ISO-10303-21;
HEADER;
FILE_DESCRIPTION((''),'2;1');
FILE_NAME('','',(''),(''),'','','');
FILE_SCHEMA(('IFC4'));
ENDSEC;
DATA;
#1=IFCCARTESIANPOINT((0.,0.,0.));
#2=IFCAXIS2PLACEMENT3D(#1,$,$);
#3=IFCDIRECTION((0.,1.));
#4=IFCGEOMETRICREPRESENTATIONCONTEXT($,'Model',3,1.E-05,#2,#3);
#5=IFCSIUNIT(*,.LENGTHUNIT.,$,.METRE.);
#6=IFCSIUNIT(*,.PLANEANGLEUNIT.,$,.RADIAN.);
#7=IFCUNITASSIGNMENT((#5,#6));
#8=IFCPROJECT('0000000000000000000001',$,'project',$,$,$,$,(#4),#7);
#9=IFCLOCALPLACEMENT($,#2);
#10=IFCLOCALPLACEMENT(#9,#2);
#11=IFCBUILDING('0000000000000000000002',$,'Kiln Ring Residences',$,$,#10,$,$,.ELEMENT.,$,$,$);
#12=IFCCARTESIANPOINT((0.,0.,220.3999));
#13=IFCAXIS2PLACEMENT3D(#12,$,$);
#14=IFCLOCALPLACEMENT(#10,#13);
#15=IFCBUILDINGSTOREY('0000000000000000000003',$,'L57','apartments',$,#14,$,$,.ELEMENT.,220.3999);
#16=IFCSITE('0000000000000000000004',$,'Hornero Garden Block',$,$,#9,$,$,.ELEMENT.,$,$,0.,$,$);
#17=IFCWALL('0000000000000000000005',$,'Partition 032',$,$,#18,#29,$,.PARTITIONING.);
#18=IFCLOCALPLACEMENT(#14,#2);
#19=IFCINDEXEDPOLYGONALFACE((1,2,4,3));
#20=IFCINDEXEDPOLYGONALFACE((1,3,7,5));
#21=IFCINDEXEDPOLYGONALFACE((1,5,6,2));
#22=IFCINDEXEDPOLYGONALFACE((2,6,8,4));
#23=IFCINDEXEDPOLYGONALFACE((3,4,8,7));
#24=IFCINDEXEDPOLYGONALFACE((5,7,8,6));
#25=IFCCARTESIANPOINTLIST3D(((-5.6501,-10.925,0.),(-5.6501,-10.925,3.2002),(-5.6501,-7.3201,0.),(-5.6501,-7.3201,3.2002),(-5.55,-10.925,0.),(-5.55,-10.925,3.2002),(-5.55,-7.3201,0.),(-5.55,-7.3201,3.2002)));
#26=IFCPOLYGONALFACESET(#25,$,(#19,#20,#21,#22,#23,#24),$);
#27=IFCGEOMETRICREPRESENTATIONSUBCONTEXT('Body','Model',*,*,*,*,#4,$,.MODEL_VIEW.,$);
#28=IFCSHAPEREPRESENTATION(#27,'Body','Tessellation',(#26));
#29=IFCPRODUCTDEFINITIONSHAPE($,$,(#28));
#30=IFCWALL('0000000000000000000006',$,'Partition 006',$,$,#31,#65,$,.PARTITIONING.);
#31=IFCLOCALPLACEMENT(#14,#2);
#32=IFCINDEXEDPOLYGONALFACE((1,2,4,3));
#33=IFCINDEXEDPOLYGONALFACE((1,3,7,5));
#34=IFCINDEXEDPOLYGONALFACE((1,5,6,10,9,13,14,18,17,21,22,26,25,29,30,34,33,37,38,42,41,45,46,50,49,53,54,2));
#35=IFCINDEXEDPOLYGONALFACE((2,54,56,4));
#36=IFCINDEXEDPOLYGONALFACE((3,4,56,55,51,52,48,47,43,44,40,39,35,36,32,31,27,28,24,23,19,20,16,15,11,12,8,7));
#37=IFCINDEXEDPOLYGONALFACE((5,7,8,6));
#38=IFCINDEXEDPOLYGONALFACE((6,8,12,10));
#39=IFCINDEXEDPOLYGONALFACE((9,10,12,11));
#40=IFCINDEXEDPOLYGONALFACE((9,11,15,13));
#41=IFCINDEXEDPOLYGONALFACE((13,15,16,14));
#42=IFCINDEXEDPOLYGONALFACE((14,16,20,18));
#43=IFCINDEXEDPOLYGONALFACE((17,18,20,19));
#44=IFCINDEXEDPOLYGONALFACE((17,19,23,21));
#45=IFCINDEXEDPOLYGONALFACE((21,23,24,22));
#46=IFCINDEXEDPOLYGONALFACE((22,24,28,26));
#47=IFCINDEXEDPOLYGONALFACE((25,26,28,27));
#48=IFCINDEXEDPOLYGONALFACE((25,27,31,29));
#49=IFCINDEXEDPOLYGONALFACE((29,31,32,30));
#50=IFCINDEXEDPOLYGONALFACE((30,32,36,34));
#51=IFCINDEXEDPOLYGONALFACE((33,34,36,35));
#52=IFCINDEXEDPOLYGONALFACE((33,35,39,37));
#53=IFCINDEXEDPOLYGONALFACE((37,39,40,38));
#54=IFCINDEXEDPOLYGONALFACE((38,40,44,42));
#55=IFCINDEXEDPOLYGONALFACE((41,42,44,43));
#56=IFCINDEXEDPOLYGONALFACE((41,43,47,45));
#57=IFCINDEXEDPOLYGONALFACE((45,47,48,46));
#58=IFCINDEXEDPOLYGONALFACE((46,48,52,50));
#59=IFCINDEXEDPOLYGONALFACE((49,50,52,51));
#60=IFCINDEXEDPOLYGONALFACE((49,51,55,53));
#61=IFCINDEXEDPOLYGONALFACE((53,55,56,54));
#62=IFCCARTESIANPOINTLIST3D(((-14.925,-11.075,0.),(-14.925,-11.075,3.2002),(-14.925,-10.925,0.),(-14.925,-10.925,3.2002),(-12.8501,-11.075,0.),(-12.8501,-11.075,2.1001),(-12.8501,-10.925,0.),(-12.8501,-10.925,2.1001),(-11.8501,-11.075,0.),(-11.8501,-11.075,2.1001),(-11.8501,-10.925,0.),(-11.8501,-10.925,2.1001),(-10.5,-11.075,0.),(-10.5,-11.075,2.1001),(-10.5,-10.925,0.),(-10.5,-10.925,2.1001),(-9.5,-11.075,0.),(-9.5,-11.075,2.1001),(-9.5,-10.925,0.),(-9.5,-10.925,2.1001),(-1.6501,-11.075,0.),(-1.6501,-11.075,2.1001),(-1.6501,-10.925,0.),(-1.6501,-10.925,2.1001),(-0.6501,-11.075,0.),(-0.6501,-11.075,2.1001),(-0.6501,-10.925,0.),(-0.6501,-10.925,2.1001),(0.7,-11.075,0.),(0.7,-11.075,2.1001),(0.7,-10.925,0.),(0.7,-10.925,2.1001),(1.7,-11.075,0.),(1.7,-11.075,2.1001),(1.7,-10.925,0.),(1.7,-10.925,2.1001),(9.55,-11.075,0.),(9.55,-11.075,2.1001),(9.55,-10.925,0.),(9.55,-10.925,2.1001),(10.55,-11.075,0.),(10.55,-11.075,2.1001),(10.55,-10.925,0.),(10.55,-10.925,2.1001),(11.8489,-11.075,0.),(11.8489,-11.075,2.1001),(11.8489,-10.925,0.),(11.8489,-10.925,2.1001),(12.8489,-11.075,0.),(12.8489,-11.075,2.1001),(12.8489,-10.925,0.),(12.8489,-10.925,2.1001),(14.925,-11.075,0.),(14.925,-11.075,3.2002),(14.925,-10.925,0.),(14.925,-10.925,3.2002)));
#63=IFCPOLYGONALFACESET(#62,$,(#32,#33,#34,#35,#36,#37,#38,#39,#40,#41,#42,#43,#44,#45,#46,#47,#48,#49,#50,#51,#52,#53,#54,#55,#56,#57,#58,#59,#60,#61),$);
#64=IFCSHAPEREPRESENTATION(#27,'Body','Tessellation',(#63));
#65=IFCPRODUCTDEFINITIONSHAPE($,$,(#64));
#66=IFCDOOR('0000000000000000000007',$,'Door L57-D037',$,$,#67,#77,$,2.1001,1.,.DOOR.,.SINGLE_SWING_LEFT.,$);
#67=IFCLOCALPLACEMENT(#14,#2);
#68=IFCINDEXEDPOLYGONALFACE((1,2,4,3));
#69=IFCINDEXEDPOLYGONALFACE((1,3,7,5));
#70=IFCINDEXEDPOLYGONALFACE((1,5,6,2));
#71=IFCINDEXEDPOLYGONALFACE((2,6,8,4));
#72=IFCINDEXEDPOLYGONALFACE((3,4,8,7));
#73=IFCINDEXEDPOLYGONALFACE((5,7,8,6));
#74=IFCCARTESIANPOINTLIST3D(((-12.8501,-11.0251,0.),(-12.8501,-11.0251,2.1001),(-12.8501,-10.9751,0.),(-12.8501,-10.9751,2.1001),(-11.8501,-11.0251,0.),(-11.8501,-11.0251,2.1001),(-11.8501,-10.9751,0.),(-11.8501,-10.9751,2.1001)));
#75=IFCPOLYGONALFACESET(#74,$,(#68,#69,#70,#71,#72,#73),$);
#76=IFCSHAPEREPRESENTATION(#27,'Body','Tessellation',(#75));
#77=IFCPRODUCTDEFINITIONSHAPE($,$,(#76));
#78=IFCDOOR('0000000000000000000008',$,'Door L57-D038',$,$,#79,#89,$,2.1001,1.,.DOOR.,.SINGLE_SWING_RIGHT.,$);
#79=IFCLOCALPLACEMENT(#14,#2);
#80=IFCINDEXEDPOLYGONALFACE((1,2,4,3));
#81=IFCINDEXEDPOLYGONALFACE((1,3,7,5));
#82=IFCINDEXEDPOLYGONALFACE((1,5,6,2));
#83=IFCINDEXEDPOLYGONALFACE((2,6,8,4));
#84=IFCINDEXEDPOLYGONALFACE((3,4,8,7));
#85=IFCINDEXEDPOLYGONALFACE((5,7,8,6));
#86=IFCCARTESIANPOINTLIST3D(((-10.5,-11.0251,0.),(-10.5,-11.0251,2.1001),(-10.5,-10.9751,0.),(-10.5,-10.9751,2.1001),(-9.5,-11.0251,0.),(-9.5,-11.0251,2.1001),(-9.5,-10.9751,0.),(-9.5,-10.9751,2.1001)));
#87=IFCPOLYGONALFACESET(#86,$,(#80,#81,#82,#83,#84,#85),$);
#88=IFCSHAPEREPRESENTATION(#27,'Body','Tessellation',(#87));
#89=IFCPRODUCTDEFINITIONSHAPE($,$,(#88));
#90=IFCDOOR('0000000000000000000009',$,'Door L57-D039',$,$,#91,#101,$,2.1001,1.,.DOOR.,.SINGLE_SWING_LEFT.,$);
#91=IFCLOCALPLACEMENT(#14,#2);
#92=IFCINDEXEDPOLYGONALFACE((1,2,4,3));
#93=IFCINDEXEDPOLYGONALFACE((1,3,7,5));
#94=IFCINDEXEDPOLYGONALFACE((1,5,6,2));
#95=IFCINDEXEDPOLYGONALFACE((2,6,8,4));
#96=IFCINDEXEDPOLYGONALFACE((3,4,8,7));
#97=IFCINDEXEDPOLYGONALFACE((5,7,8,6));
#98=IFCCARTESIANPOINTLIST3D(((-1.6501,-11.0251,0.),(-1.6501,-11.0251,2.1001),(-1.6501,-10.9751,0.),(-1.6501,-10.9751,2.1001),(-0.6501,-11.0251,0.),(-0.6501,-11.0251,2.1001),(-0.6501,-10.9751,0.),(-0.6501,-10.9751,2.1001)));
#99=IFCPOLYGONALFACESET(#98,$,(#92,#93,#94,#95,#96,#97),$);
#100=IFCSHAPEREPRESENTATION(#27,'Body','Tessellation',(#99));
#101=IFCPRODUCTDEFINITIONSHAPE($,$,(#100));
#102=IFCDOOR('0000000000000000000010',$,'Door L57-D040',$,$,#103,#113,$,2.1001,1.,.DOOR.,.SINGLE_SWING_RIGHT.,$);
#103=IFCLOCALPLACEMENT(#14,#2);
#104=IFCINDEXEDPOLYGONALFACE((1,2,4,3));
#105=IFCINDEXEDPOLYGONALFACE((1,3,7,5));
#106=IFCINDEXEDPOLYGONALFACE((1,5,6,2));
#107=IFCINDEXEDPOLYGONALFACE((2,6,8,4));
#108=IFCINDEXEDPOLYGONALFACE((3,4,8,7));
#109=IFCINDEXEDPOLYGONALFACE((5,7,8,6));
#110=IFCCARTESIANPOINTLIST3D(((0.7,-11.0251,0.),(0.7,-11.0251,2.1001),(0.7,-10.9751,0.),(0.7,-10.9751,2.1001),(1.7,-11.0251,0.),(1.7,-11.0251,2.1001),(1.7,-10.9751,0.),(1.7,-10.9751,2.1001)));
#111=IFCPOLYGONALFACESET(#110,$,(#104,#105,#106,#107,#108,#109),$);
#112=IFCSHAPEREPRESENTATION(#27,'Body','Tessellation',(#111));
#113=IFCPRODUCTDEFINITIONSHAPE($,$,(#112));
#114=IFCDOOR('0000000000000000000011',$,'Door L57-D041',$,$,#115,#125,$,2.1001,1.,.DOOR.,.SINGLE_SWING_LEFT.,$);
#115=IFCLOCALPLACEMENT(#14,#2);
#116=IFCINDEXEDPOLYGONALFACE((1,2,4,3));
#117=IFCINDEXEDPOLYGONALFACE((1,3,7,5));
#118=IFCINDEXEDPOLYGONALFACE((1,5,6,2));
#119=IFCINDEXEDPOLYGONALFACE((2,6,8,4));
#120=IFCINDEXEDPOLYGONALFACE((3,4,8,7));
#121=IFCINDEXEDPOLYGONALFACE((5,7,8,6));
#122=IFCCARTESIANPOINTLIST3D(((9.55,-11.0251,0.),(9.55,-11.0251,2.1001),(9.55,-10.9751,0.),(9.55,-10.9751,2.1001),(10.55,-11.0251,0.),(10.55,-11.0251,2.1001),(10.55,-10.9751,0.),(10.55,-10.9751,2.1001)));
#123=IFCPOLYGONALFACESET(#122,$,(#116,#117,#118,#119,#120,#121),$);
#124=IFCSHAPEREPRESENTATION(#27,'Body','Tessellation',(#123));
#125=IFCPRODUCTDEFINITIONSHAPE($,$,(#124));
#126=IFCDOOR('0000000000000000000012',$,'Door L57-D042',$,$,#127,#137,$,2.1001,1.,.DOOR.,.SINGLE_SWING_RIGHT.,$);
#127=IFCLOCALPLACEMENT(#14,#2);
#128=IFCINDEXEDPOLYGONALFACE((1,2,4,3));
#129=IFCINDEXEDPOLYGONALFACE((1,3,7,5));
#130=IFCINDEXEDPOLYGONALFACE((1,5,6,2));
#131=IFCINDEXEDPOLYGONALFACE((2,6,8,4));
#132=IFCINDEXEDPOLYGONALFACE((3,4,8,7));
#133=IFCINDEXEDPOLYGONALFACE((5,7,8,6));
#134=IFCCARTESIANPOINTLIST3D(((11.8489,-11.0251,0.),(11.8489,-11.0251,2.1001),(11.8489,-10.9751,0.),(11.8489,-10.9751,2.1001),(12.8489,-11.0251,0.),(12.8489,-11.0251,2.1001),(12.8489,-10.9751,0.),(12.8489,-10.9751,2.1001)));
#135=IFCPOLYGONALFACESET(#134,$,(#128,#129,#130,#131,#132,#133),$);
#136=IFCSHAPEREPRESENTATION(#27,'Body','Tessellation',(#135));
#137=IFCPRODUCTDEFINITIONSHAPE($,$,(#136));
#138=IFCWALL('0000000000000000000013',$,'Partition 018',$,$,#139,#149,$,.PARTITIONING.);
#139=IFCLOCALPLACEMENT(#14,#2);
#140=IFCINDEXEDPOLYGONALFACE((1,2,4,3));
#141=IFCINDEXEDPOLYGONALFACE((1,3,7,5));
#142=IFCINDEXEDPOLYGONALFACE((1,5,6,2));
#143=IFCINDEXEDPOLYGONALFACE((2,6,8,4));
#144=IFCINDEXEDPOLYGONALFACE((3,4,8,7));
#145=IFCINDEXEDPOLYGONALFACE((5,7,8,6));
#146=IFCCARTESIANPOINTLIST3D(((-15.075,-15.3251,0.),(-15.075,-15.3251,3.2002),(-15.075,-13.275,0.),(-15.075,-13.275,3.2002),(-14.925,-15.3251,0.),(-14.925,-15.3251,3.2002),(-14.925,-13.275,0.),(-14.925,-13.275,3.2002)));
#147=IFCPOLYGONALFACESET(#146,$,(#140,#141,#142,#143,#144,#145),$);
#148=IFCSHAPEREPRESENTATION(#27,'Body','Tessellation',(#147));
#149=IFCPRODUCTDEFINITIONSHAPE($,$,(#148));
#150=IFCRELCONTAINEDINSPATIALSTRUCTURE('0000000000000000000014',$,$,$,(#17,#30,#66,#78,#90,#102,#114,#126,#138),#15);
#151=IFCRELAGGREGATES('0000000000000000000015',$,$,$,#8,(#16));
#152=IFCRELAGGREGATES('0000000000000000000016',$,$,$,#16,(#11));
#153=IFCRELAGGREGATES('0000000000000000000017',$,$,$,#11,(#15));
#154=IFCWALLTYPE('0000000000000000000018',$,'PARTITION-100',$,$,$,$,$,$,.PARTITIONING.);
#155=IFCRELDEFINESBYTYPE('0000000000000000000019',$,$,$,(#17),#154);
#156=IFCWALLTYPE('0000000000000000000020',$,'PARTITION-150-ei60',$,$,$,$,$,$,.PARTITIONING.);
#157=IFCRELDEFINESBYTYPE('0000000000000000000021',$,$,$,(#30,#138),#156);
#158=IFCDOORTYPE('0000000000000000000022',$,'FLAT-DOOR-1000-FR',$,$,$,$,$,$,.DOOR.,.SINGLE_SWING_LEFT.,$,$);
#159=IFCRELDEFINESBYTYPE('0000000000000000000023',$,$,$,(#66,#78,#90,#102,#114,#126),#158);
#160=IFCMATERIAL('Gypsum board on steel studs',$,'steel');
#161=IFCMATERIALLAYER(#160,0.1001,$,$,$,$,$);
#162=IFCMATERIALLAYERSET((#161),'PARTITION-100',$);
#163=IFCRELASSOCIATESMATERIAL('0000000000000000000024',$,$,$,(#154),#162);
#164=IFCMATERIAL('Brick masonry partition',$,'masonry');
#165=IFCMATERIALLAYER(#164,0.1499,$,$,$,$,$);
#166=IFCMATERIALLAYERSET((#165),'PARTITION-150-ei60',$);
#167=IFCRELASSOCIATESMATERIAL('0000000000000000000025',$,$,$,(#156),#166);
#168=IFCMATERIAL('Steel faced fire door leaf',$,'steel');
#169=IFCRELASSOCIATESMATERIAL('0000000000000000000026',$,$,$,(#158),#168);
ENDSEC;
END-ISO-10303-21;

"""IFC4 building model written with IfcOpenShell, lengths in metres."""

from ifc_helpers import new_model, si_unit, direction, frame, frame_2d, origin, place, context, subcontext, project, spatial, rectangle, extrude, material, layer, layer_set, type_object, element, fill, save


model = new_model("IFC4")

# Units and contexts
model_context = context("Model", 3, precision=1e-05, world=origin(), true_north=direction((0.0, 1.0)))
body_context = subcontext(model_context, "Body", "Model", "MODEL_VIEW")
ifc_project = project(units=[si_unit("LENGTHUNIT", "METRE"), si_unit("PLANEANGLEUNIT", "RADIAN")], contexts=[model_context])

# Site, building, storey
site_placement = place(None, origin())
site = spatial("IfcSite", under=ifc_project, at=site_placement, Name="Hornero Garden Block", CompositionType="ELEMENT", RefElevation=0.0)
building_placement = place(site_placement, origin())
building = spatial("IfcBuilding", under=site, at=building_placement, Name="Kiln Ring Residences", CompositionType="ELEMENT")
storey_placement = place(building_placement, frame((0.0, 0.0, 220.3999)))
storey = spatial("IfcBuildingStorey", under=building, at=storey_placement, Name="L57", Description="apartments", CompositionType="ELEMENT", Elevation=220.3999)

# Shared definitions
ifc_material_1 = material(Name="Gypsum board on steel studs", Category="steel")
ifc_layer_1 = layer(ifc_material_1, 0.1001)
ifc_layer_set_1 = layer_set([ifc_layer_1], Name="PARTITION-100")
wall_type_1 = type_object("IfcWallType", Name="PARTITION-100", PredefinedType="PARTITIONING", material=ifc_layer_set_1)

# Wall
wall_1_placement = place(storey_placement, frame((-5.6001, -10.925, 0.0), z_axis=(0.0, 0.0, 1.0), x_axis=(0.0, 1.0, 0.0)))
element("IfcWall", 1, at=wall_1_placement, inside=storey, type_object=wall_type_1, Name="Partition 032", PredefinedType="PARTITIONING", context=body_context, shape_type="SweptSolid", body=[
    extrude(rectangle(XDim=3.605, YDim=0.1001, at=frame_2d((1.8025, 0.0))), origin(), (0.0, 0.0, 1.0), 3.2002),
])

# Wall, openings, doors
ifc_material_2 = material(Name="Brick masonry partition", Category="masonry")
ifc_layer_2 = layer(ifc_material_2, 0.1499)
ifc_layer_set_2 = layer_set([ifc_layer_2], Name="PARTITION-150-ei60")
wall_type_2 = type_object("IfcWallType", Name="PARTITION-150-ei60", PredefinedType="PARTITIONING", material=ifc_layer_set_2)
wall_2_placement = place(storey_placement, frame((-14.925, -11.0, 0.0), z_axis=(0.0, 0.0, 1.0), x_axis=(1.0, 0.0, 0.0)))
wall_2 = element("IfcWall", 2, at=wall_2_placement, inside=storey, type_object=wall_type_2, Name="Partition 006", PredefinedType="PARTITIONING", context=body_context, shape_type="SweptSolid", body=[
    extrude(rectangle(XDim=29.8501, YDim=0.1499, at=frame_2d((14.925, 0.0))), origin(), (0.0, 0.0, 1.0), 3.2002),
])
opening_1_placement = place(wall_2_placement, frame((2.075, 0.0, 0.0)))
opening_1 = element("IfcOpeningElement", 3, at=opening_1_placement, cuts=wall_2, PredefinedType="OPENING", context=body_context, shape_type="SweptSolid", body=[
    extrude(rectangle(XDim=1.0, YDim=2.1001, at=frame_2d((0.5, 1.05))), frame((0.0, 0.085, 0.0), z_axis=(0.0, -1.0, 0.0), x_axis=(1.0, 0.0, 0.0)), (0.0, 0.0, 1.0), 0.1699),
])
opening_2_placement = place(wall_2_placement, frame((4.425, 0.0, 0.0)))
opening_2 = element("IfcOpeningElement", 4, at=opening_2_placement, cuts=wall_2, PredefinedType="OPENING", context=body_context, shape_type="SweptSolid", body=[
    extrude(rectangle(XDim=1.0, YDim=2.1001, at=frame_2d((0.5, 1.05))), frame((0.0, 0.085, 0.0), z_axis=(0.0, -1.0, 0.0), x_axis=(1.0, 0.0, 0.0)), (0.0, 0.0, 1.0), 0.1699),
])
opening_3_placement = place(wall_2_placement, frame((13.2749, 0.0, 0.0)))
opening_3 = element("IfcOpeningElement", 5, at=opening_3_placement, cuts=wall_2, PredefinedType="OPENING", context=body_context, shape_type="SweptSolid", body=[
    extrude(rectangle(XDim=1.0, YDim=2.1001, at=frame_2d((0.5, 1.05))), frame((0.0, 0.085, 0.0), z_axis=(0.0, -1.0, 0.0), x_axis=(1.0, 0.0, 0.0)), (0.0, 0.0, 1.0), 0.1699),
])
opening_4_placement = place(wall_2_placement, frame((15.625, 0.0, 0.0)))
opening_4 = element("IfcOpeningElement", 6, at=opening_4_placement, cuts=wall_2, PredefinedType="OPENING", context=body_context, shape_type="SweptSolid", body=[
    extrude(rectangle(XDim=1.0, YDim=2.1001, at=frame_2d((0.5, 1.05))), frame((0.0, 0.085, 0.0), z_axis=(0.0, -1.0, 0.0), x_axis=(1.0, 0.0, 0.0)), (0.0, 0.0, 1.0), 0.1699),
])
opening_5_placement = place(wall_2_placement, frame((24.4751, 0.0, 0.0)))
opening_5 = element("IfcOpeningElement", 7, at=opening_5_placement, cuts=wall_2, PredefinedType="OPENING", context=body_context, shape_type="SweptSolid", body=[
    extrude(rectangle(XDim=1.0, YDim=2.1001, at=frame_2d((0.5, 1.05))), frame((0.0, 0.085, 0.0), z_axis=(0.0, -1.0, 0.0), x_axis=(1.0, 0.0, 0.0)), (0.0, 0.0, 1.0), 0.1699),
])
opening_6_placement = place(wall_2_placement, frame((26.7739, 0.0, 0.0)))
opening_6 = element("IfcOpeningElement", 8, at=opening_6_placement, cuts=wall_2, PredefinedType="OPENING", context=body_context, shape_type="SweptSolid", body=[
    extrude(rectangle(XDim=1.0, YDim=2.1001, at=frame_2d((0.5, 1.05))), frame((0.0, 0.085, 0.0), z_axis=(0.0, -1.0, 0.0), x_axis=(1.0, 0.0, 0.0)), (0.0, 0.0, 1.0), 0.1699),
])
ifc_material_3 = material(Name="Steel faced fire door leaf", Category="steel")
door_type_1 = type_object("IfcDoorType", Name="FLAT-DOOR-1000-FR", OperationType="SINGLE_SWING_LEFT", PredefinedType="DOOR", material=ifc_material_3)
door_1_placement = place(opening_1_placement, origin())
door_1 = element("IfcDoor", 9, at=door_1_placement, inside=storey, type_object=door_type_1, Name="Door L57-D037", OperationType="SINGLE_SWING_LEFT", OverallHeight=2.1001, OverallWidth=1.0, PredefinedType="DOOR", context=body_context, shape_type="SweptSolid", body=[
    extrude(rectangle(XDim=1.0, YDim=2.1001, at=frame_2d((0.5, 1.05))), frame((0.0, 0.0249, 0.0), z_axis=(0.0, -1.0, 0.0), x_axis=(1.0, 0.0, 0.0)), (0.0, 0.0, 1.0), 0.05),
])
fill(opening_1, door_1)
door_2_placement = place(opening_2_placement, origin())
door_2 = element("IfcDoor", 10, at=door_2_placement, inside=storey, type_object=door_type_1, Name="Door L57-D038", OperationType="SINGLE_SWING_RIGHT", OverallHeight=2.1001, OverallWidth=1.0, PredefinedType="DOOR", context=body_context, shape_type="SweptSolid", body=[
    extrude(rectangle(XDim=1.0, YDim=2.1001, at=frame_2d((0.5, 1.05))), frame((0.0, 0.0249, 0.0), z_axis=(0.0, -1.0, 0.0), x_axis=(1.0, 0.0, 0.0)), (0.0, 0.0, 1.0), 0.05),
])
fill(opening_2, door_2)
door_3_placement = place(opening_3_placement, origin())
door_3 = element("IfcDoor", 11, at=door_3_placement, inside=storey, type_object=door_type_1, Name="Door L57-D039", OperationType="SINGLE_SWING_LEFT", OverallHeight=2.1001, OverallWidth=1.0, PredefinedType="DOOR", context=body_context, shape_type="SweptSolid", body=[
    extrude(rectangle(XDim=1.0, YDim=2.1001, at=frame_2d((0.5, 1.05))), frame((0.0, 0.0249, 0.0), z_axis=(0.0, -1.0, 0.0), x_axis=(1.0, 0.0, 0.0)), (0.0, 0.0, 1.0), 0.05),
])
fill(opening_3, door_3)
door_4_placement = place(opening_4_placement, origin())
door_4 = element("IfcDoor", 12, at=door_4_placement, inside=storey, type_object=door_type_1, Name="Door L57-D040", OperationType="SINGLE_SWING_RIGHT", OverallHeight=2.1001, OverallWidth=1.0, PredefinedType="DOOR", context=body_context, shape_type="SweptSolid", body=[
    extrude(rectangle(XDim=1.0, YDim=2.1001, at=frame_2d((0.5, 1.05))), frame((0.0, 0.0249, 0.0), z_axis=(0.0, -1.0, 0.0), x_axis=(1.0, 0.0, 0.0)), (0.0, 0.0, 1.0), 0.05),
])
fill(opening_4, door_4)
door_5_placement = place(opening_5_placement, origin())
door_5 = element("IfcDoor", 13, at=door_5_placement, inside=storey, type_object=door_type_1, Name="Door L57-D041", OperationType="SINGLE_SWING_LEFT", OverallHeight=2.1001, OverallWidth=1.0, PredefinedType="DOOR", context=body_context, shape_type="SweptSolid", body=[
    extrude(rectangle(XDim=1.0, YDim=2.1001, at=frame_2d((0.5, 1.05))), frame((0.0, 0.0249, 0.0), z_axis=(0.0, -1.0, 0.0), x_axis=(1.0, 0.0, 0.0)), (0.0, 0.0, 1.0), 0.05),
])
fill(opening_5, door_5)
door_6_placement = place(opening_6_placement, origin())
door_6 = element("IfcDoor", 14, at=door_6_placement, inside=storey, type_object=door_type_1, Name="Door L57-D042", OperationType="SINGLE_SWING_RIGHT", OverallHeight=2.1001, OverallWidth=1.0, PredefinedType="DOOR", context=body_context, shape_type="SweptSolid", body=[
    extrude(rectangle(XDim=1.0, YDim=2.1001, at=frame_2d((0.5, 1.05))), frame((0.0, 0.0249, 0.0), z_axis=(0.0, -1.0, 0.0), x_axis=(1.0, 0.0, 0.0)), (0.0, 0.0, 1.0), 0.05),
])
fill(opening_6, door_6)

# Wall
wall_3_placement = place(storey_placement, frame((-15.0, -15.325, 0.0), z_axis=(0.0, 0.0, 1.0), x_axis=(0.0, 1.0, 0.0)))
element("IfcWall", 15, at=wall_3_placement, inside=storey, type_object=wall_type_2, Name="Partition 018", PredefinedType="PARTITIONING", context=body_context, shape_type="SweptSolid", body=[
    extrude(rectangle(XDim=2.05, YDim=0.1499, at=frame_2d((1.0249, 0.0))), origin(), (0.0, 0.0, 1.0), 3.2002),
])

save(model, "model.ifc")
